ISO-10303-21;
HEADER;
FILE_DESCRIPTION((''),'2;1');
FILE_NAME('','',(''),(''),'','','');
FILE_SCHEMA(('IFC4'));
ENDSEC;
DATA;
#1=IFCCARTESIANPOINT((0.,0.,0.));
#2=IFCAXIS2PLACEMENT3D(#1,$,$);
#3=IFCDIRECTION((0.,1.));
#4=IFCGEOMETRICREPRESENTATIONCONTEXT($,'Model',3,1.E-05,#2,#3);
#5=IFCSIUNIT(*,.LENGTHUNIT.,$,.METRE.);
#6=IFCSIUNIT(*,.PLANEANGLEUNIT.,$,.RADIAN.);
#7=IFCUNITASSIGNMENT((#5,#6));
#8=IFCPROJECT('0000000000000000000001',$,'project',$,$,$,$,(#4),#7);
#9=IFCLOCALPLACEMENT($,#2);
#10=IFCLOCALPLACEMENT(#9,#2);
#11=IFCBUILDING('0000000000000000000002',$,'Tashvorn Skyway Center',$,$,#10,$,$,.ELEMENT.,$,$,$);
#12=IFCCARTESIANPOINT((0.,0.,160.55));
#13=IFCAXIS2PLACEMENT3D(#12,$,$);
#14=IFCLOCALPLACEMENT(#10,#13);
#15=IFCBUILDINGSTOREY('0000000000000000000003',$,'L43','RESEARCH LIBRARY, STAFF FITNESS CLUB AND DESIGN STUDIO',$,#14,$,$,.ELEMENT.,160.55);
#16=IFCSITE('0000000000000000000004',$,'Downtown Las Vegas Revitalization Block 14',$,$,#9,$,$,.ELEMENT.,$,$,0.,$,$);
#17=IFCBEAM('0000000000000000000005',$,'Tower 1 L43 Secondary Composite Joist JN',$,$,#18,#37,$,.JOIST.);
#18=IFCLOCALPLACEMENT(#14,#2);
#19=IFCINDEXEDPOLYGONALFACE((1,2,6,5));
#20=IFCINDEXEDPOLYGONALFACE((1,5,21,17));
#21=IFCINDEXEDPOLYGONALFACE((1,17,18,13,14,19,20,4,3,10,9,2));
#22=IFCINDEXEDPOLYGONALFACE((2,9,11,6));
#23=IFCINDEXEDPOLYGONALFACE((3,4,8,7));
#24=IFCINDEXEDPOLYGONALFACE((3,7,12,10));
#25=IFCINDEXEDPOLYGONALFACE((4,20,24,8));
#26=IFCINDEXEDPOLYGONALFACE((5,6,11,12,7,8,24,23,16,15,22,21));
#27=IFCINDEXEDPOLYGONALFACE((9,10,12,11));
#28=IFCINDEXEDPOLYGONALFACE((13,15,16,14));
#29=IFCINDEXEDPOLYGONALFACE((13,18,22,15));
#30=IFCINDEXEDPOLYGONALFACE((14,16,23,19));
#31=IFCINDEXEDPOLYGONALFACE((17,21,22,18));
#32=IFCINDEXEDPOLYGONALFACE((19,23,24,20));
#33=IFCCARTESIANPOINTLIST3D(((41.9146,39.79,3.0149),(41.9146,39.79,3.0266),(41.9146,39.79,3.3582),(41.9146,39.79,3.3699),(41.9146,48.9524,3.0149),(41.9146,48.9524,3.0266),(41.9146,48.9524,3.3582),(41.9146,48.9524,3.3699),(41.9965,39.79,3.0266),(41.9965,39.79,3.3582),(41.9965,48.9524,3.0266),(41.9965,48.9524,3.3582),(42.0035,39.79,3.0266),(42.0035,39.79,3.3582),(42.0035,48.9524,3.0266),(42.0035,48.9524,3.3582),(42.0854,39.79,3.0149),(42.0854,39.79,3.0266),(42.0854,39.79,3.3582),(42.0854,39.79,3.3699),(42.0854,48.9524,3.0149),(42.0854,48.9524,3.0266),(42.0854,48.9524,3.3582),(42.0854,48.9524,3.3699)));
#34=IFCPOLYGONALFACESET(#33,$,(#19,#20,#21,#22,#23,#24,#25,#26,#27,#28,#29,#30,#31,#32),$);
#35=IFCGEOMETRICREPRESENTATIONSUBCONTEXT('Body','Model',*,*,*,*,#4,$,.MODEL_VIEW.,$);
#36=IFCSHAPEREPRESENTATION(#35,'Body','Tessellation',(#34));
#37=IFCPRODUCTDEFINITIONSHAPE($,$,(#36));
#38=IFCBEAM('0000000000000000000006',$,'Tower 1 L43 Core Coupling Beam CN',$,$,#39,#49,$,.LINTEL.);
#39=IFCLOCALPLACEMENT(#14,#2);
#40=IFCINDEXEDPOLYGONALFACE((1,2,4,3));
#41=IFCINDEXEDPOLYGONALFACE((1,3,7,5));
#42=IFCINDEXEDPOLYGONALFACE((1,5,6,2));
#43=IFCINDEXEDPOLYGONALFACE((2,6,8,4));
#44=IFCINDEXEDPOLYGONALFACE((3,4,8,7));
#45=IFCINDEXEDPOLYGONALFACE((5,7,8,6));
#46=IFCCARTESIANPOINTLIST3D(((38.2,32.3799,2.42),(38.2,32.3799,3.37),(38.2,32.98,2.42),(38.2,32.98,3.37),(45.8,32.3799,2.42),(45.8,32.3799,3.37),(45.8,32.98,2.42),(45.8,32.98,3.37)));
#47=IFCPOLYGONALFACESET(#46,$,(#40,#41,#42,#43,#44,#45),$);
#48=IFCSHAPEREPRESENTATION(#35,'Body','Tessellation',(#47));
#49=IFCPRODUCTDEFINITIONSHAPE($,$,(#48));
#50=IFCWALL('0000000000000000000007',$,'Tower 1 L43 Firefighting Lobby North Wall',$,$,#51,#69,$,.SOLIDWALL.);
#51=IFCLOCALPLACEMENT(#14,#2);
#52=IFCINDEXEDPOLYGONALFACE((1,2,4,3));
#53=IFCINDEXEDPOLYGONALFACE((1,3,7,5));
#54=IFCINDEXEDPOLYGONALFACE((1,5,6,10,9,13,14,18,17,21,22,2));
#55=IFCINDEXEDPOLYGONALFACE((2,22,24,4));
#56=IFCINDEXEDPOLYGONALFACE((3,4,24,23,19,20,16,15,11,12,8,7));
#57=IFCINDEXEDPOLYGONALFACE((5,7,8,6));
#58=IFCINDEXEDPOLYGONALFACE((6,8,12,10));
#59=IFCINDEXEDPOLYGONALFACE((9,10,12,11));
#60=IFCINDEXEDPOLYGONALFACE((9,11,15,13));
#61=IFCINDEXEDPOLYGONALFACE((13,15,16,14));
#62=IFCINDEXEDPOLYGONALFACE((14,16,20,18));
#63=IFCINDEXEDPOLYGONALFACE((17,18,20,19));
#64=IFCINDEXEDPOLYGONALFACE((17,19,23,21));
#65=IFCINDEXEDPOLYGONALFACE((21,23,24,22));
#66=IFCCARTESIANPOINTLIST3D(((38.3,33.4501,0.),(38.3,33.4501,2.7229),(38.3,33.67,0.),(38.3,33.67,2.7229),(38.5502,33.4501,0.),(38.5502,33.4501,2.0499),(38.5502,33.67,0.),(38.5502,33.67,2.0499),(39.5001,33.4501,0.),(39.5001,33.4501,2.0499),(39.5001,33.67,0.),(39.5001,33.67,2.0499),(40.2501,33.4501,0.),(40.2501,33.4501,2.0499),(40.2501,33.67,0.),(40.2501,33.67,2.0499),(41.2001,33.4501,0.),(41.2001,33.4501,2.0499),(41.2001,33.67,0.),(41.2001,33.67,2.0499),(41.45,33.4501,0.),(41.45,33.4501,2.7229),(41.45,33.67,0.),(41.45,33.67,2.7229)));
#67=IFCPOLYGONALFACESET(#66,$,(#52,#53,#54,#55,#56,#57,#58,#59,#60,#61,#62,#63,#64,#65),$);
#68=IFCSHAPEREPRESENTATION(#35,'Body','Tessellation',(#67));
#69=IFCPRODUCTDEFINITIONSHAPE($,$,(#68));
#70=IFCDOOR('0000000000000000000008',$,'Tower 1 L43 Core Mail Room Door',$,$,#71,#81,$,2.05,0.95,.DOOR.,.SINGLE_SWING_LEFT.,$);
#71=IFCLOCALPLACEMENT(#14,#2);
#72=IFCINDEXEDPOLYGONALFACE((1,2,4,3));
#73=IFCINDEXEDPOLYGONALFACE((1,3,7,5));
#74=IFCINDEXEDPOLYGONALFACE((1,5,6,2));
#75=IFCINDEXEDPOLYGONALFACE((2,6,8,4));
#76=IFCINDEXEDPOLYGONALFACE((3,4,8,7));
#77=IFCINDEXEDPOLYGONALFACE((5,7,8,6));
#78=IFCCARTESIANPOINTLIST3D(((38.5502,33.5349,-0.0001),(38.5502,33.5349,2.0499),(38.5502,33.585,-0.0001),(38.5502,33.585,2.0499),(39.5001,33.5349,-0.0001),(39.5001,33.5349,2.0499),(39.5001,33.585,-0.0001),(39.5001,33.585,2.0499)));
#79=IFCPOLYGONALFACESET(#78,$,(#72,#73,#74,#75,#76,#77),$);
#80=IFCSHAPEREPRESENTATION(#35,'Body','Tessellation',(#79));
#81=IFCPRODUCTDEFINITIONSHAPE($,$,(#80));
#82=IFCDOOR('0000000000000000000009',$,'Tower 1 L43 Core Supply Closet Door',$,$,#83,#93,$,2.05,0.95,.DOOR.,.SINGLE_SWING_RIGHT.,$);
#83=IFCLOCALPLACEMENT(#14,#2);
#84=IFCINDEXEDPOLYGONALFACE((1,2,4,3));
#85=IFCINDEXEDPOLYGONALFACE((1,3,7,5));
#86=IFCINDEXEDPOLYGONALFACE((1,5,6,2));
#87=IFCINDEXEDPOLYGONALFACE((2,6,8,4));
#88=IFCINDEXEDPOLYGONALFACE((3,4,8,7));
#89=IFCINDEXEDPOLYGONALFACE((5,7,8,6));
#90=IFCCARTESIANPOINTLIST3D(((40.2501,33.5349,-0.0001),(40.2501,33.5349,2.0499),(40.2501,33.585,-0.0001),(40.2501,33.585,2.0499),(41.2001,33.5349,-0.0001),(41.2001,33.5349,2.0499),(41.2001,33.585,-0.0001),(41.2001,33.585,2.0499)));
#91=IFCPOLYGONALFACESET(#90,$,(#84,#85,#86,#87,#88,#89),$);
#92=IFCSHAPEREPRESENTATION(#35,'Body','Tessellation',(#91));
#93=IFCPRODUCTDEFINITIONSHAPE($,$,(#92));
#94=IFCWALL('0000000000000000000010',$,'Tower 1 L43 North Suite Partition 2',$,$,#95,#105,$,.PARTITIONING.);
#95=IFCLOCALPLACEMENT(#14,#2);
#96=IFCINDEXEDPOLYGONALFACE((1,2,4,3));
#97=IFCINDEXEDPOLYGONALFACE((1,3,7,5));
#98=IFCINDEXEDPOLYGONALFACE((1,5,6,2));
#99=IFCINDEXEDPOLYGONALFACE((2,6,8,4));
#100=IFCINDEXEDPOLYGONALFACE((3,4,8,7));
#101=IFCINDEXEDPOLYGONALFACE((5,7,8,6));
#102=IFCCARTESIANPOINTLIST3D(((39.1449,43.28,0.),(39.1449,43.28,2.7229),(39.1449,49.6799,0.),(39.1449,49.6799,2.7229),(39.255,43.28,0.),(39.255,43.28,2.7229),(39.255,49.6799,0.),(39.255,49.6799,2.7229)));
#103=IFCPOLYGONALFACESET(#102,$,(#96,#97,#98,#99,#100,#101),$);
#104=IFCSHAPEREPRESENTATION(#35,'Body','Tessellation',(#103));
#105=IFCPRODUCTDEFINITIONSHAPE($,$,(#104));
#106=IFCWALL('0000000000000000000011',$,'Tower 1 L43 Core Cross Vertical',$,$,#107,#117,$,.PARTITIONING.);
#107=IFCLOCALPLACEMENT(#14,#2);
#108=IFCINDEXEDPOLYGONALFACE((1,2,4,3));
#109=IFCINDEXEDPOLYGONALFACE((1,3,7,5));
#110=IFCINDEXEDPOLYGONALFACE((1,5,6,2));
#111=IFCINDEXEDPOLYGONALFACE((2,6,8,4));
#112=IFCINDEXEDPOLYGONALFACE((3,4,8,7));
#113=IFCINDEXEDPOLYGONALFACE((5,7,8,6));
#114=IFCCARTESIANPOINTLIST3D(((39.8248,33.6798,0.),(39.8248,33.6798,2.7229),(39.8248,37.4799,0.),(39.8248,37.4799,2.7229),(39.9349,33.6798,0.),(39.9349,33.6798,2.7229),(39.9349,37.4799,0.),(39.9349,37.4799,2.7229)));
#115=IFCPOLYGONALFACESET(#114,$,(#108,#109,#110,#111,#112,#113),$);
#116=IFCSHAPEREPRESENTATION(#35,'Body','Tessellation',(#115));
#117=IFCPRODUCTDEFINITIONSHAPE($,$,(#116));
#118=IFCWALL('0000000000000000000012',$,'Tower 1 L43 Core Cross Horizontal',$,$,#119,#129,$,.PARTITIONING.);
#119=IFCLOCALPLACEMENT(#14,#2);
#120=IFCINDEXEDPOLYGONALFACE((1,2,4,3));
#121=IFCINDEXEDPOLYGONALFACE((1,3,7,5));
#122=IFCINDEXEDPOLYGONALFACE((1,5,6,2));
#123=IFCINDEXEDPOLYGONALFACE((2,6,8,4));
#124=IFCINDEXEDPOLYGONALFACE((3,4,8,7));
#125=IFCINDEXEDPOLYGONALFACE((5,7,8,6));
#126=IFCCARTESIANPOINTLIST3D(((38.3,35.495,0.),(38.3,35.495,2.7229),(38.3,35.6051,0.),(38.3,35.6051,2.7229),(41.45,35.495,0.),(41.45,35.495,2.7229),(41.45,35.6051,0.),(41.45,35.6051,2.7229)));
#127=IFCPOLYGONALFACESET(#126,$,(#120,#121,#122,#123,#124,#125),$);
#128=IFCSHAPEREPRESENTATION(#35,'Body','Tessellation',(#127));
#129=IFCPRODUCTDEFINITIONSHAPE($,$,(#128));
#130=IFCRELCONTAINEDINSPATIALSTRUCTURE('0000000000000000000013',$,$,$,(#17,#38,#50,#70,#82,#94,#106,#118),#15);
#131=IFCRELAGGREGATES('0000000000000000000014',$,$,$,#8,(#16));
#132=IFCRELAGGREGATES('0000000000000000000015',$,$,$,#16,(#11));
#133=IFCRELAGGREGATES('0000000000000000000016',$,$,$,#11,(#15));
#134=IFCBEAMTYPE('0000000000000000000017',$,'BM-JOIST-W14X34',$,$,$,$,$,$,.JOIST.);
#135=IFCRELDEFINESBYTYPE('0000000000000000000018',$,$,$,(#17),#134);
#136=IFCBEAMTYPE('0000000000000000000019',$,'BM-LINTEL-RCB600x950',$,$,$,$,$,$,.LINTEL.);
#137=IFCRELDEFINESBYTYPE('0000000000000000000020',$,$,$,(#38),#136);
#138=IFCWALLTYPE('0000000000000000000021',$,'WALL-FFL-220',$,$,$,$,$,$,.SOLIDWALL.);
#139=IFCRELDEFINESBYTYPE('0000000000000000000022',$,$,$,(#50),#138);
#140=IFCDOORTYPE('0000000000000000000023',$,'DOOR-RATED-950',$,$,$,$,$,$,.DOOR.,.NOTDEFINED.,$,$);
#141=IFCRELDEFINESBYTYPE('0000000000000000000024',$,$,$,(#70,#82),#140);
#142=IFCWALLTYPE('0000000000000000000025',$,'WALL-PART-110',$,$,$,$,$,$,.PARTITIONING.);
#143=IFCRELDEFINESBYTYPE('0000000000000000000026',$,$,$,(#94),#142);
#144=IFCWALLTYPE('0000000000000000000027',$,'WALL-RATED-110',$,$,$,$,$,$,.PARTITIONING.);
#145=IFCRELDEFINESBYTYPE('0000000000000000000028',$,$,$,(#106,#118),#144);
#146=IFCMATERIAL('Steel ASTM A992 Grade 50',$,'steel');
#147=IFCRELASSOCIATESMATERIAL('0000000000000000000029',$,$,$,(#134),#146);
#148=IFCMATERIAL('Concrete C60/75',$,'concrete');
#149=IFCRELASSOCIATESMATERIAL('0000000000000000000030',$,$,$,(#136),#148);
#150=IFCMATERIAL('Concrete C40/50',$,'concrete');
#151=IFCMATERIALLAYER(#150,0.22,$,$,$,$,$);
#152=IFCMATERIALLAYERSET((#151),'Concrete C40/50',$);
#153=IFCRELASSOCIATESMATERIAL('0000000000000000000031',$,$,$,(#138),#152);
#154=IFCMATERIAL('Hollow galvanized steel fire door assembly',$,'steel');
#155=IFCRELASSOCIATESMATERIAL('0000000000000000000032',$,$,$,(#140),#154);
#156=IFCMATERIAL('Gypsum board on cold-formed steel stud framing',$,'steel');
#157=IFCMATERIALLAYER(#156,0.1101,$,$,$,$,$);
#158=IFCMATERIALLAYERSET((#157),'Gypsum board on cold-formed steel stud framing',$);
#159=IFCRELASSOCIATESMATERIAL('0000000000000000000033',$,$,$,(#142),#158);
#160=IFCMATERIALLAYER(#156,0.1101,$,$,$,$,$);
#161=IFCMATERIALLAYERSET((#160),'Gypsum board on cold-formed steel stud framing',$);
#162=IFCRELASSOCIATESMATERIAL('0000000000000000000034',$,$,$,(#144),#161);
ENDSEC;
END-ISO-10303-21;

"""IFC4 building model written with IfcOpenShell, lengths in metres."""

from ifc_helpers import new_model, si_unit, direction, frame, frame_2d, origin, origin_2d, place, context, subcontext, project, spatial, rectangle, i_section, extrude, material, layer, layer_set, material_profile, profile_set, type_object, element, fill, save


model = new_model("IFC4")

# Units and contexts
model_context = context("Model", 3, precision=1e-05, world=origin(), true_north=direction((0.0, 1.0)))
body_context = subcontext(model_context, "Body", "Model", "MODEL_VIEW")
ifc_project = project(units=[si_unit("LENGTHUNIT", "METRE"), si_unit("PLANEANGLEUNIT", "RADIAN")], contexts=[model_context])

# Site, building, storey
site_placement = place(None, origin())
site = spatial("IfcSite", under=ifc_project, at=site_placement, Name="Downtown Las Vegas Revitalization Block 14", CompositionType="ELEMENT", RefElevation=0.0)
building_placement = place(site_placement, origin())
building = spatial("IfcBuilding", under=site, at=building_placement, Name="Tashvorn Skyway Center", CompositionType="ELEMENT")
storey_placement = place(building_placement, frame((0.0, 0.0, 160.55)))
storey = spatial("IfcBuildingStorey", under=building, at=storey_placement, Name="L43", Description="RESEARCH LIBRARY, STAFF FITNESS CLUB AND DESIGN STUDIO", CompositionType="ELEMENT", Elevation=160.55)

# Beams
ifc_material_1 = material(Name="Steel ASTM A992 Grade 50", Category="steel")
ifc_material_profile_1 = material_profile(ifc_material_1, i_section(OverallWidth=0.1709, OverallDepth=0.355, WebThickness=0.0071, FlangeThickness=0.0117, at=origin_2d()), Name="W14X34")
ifc_profile_set_1 = profile_set([ifc_material_profile_1], Name="Steel ASTM A992 Grade 50")
beam_type_1 = type_object("IfcBeamType", Name="BM-JOIST-W14X34", PredefinedType="JOIST", material=ifc_profile_set_1)
beam_1_placement = place(storey_placement, frame((42.0, 39.79, 3.1924), z_axis=(0.0, 1.0, 0.0), x_axis=(-1.0, 0.0, 0.0)))
element("IfcBeam", 1, at=beam_1_placement, inside=storey, type_object=beam_type_1, Name="Tower 1 L43 Secondary Composite Joist JN", PredefinedType="JOIST", context=body_context, shape_type="SweptSolid", body=[
    extrude(i_section(OverallWidth=0.1709, OverallDepth=0.355, WebThickness=0.0071, FlangeThickness=0.0117, at=origin_2d()), origin(), (0.0, 0.0, 1.0), 9.1624),
])
ifc_material_2 = material(Name="Concrete C60/75", Category="concrete")
ifc_material_profile_2 = material_profile(ifc_material_2, rectangle(XDim=0.6001, YDim=0.95, at=origin_2d()), Name="RCB600x950")
ifc_profile_set_2 = profile_set([ifc_material_profile_2], Name="Concrete C60/75")
beam_type_2 = type_object("IfcBeamType", Name="BM-LINTEL-RCB600x950", PredefinedType="LINTEL", material=ifc_profile_set_2)
beam_2_placement = place(storey_placement, frame((38.2, 32.6799, 2.895), z_axis=(1.0, 0.0, 0.0), x_axis=(0.0, 1.0, 0.0)))
element("IfcBeam", 2, at=beam_2_placement, inside=storey, type_object=beam_type_2, Name="Tower 1 L43 Core Coupling Beam CN", PredefinedType="LINTEL", context=body_context, shape_type="SweptSolid", body=[
    extrude(rectangle(XDim=0.6001, YDim=0.95, at=origin_2d()), origin(), (0.0, 0.0, 1.0), 7.6001),
])

# Wall, openings, doors
ifc_material_3 = material(Name="Concrete C40/50", Category="concrete")
ifc_layer_1 = layer(ifc_material_3, 0.22)
ifc_layer_set_1 = layer_set([ifc_layer_1], Name="Concrete C40/50")
wall_type_1 = type_object("IfcWallType", Name="WALL-FFL-220", PredefinedType="SOLIDWALL", material=ifc_layer_set_1)
wall_1_placement = place(storey_placement, frame((38.3, 33.5601, 0.0), z_axis=(0.0, 0.0, 1.0), x_axis=(1.0, 0.0, 0.0)))
wall_1 = element("IfcWall", 3, at=wall_1_placement, inside=storey, type_object=wall_type_1, Name="Tower 1 L43 Firefighting Lobby North Wall", PredefinedType="SOLIDWALL", context=body_context, shape_type="SweptSolid", body=[
    extrude(rectangle(XDim=3.1499, YDim=0.22, at=frame_2d((1.575, 0.0))), origin(), (0.0, 0.0, 1.0), 2.7229),
])
opening_1_placement = place(wall_1_placement, frame((0.25, 0.0, 0.0)))
opening_1 = element("IfcOpeningElement", 4, at=opening_1_placement, cuts=wall_1, PredefinedType="OPENING", context=body_context, shape_type="SweptSolid", body=[
    extrude(rectangle(XDim=0.95, YDim=2.05, at=frame_2d((0.4751, 1.0249))), frame((0.0, 0.1199, 0.0), z_axis=(0.0, -1.0, 0.0), x_axis=(1.0, 0.0, 0.0)), (0.0, 0.0, 1.0), 0.24),
])
opening_2_placement = place(wall_1_placement, frame((1.95, 0.0, 0.0)))
opening_2 = element("IfcOpeningElement", 5, at=opening_2_placement, cuts=wall_1, PredefinedType="OPENING", context=body_context, shape_type="SweptSolid", body=[
    extrude(rectangle(XDim=0.95, YDim=2.05, at=frame_2d((0.4751, 1.0249))), frame((0.0, 0.1199, 0.0), z_axis=(0.0, -1.0, 0.0), x_axis=(1.0, 0.0, 0.0)), (0.0, 0.0, 1.0), 0.24),
])
ifc_material_4 = material(Name="Hollow galvanized steel fire door assembly", Category="steel")
door_type_1 = type_object("IfcDoorType", Name="DOOR-RATED-950", OperationType="NOTDEFINED", PredefinedType="DOOR", material=ifc_material_4)
door_1_placement = place(opening_1_placement, origin())
door_1 = element("IfcDoor", 6, at=door_1_placement, inside=storey, type_object=door_type_1, Name="Tower 1 L43 Core Mail Room Door", OperationType="SINGLE_SWING_LEFT", OverallHeight=2.05, OverallWidth=0.95, PredefinedType="DOOR", context=body_context, shape_type="SweptSolid", body=[
    extrude(rectangle(XDim=0.95, YDim=2.05, at=frame_2d((0.4751, 1.0249))), frame((0.0, 0.0249, 0.0), z_axis=(0.0, -1.0, 0.0), x_axis=(1.0, 0.0, 0.0)), (0.0, 0.0, 1.0), 0.05),
])
fill(opening_1, door_1)
door_2_placement = place(opening_2_placement, origin())
door_2 = element("IfcDoor", 7, at=door_2_placement, inside=storey, type_object=door_type_1, Name="Tower 1 L43 Core Supply Closet Door", OperationType="SINGLE_SWING_RIGHT", OverallHeight=2.05, OverallWidth=0.95, PredefinedType="DOOR", context=body_context, shape_type="SweptSolid", body=[
    extrude(rectangle(XDim=0.95, YDim=2.05, at=frame_2d((0.4751, 1.0249))), frame((0.0, 0.0249, 0.0), z_axis=(0.0, -1.0, 0.0), x_axis=(1.0, 0.0, 0.0)), (0.0, 0.0, 1.0), 0.05),
])
fill(opening_2, door_2)

# Walls
ifc_material_5 = material(Name="Gypsum board on cold-formed steel stud framing", Category="steel")
ifc_layer_2 = layer(ifc_material_5, 0.1101)
ifc_layer_set_2 = layer_set([ifc_layer_2], Name="Gypsum board on cold-formed steel stud framing")
wall_type_2 = type_object("IfcWallType", Name="WALL-PART-110", PredefinedType="PARTITIONING", material=ifc_layer_set_2)
wall_2_placement = place(storey_placement, frame((39.2, 43.28, 0.0), z_axis=(0.0, 0.0, 1.0), x_axis=(0.0, 1.0, 0.0)))
element("IfcWall", 8, at=wall_2_placement, inside=storey, type_object=wall_type_2, Name="Tower 1 L43 North Suite Partition 2", PredefinedType="PARTITIONING", context=body_context, shape_type="SweptSolid", body=[
    extrude(rectangle(XDim=6.3999, YDim=0.1101, at=frame_2d((3.2, 0.0))), origin(), (0.0, 0.0, 1.0), 2.7229),
])
ifc_layer_3 = layer(ifc_material_5, 0.1101)
ifc_layer_set_3 = layer_set([ifc_layer_3], Name="Gypsum board on cold-formed steel stud framing")
wall_type_3 = type_object("IfcWallType", Name="WALL-RATED-110", PredefinedType="PARTITIONING", material=ifc_layer_set_3)
wall_3_placement = place(storey_placement, frame((39.8799, 33.6799, 0.0), z_axis=(0.0, 0.0, 1.0), x_axis=(0.0, 1.0, 0.0)))
element("IfcWall", 9, at=wall_3_placement, inside=storey, type_object=wall_type_3, Name="Tower 1 L43 Core Cross Vertical", PredefinedType="PARTITIONING", context=body_context, shape_type="SweptSolid", body=[
    extrude(rectangle(XDim=3.8, YDim=0.1101, at=frame_2d((1.8999, 0.0))), origin(), (0.0, 0.0, 1.0), 2.7229),
])
wall_4_placement = place(storey_placement, frame((38.3, 35.55, 0.0), z_axis=(0.0, 0.0, 1.0), x_axis=(1.0, 0.0, 0.0)))
element("IfcWall", 10, at=wall_4_placement, inside=storey, type_object=wall_type_3, Name="Tower 1 L43 Core Cross Horizontal", PredefinedType="PARTITIONING", context=body_context, shape_type="SweptSolid", body=[
    extrude(rectangle(XDim=3.1499, YDim=0.1101, at=frame_2d((1.575, 0.0))), origin(), (0.0, 0.0, 1.0), 2.7229),
])

save(model, "model.ifc")
